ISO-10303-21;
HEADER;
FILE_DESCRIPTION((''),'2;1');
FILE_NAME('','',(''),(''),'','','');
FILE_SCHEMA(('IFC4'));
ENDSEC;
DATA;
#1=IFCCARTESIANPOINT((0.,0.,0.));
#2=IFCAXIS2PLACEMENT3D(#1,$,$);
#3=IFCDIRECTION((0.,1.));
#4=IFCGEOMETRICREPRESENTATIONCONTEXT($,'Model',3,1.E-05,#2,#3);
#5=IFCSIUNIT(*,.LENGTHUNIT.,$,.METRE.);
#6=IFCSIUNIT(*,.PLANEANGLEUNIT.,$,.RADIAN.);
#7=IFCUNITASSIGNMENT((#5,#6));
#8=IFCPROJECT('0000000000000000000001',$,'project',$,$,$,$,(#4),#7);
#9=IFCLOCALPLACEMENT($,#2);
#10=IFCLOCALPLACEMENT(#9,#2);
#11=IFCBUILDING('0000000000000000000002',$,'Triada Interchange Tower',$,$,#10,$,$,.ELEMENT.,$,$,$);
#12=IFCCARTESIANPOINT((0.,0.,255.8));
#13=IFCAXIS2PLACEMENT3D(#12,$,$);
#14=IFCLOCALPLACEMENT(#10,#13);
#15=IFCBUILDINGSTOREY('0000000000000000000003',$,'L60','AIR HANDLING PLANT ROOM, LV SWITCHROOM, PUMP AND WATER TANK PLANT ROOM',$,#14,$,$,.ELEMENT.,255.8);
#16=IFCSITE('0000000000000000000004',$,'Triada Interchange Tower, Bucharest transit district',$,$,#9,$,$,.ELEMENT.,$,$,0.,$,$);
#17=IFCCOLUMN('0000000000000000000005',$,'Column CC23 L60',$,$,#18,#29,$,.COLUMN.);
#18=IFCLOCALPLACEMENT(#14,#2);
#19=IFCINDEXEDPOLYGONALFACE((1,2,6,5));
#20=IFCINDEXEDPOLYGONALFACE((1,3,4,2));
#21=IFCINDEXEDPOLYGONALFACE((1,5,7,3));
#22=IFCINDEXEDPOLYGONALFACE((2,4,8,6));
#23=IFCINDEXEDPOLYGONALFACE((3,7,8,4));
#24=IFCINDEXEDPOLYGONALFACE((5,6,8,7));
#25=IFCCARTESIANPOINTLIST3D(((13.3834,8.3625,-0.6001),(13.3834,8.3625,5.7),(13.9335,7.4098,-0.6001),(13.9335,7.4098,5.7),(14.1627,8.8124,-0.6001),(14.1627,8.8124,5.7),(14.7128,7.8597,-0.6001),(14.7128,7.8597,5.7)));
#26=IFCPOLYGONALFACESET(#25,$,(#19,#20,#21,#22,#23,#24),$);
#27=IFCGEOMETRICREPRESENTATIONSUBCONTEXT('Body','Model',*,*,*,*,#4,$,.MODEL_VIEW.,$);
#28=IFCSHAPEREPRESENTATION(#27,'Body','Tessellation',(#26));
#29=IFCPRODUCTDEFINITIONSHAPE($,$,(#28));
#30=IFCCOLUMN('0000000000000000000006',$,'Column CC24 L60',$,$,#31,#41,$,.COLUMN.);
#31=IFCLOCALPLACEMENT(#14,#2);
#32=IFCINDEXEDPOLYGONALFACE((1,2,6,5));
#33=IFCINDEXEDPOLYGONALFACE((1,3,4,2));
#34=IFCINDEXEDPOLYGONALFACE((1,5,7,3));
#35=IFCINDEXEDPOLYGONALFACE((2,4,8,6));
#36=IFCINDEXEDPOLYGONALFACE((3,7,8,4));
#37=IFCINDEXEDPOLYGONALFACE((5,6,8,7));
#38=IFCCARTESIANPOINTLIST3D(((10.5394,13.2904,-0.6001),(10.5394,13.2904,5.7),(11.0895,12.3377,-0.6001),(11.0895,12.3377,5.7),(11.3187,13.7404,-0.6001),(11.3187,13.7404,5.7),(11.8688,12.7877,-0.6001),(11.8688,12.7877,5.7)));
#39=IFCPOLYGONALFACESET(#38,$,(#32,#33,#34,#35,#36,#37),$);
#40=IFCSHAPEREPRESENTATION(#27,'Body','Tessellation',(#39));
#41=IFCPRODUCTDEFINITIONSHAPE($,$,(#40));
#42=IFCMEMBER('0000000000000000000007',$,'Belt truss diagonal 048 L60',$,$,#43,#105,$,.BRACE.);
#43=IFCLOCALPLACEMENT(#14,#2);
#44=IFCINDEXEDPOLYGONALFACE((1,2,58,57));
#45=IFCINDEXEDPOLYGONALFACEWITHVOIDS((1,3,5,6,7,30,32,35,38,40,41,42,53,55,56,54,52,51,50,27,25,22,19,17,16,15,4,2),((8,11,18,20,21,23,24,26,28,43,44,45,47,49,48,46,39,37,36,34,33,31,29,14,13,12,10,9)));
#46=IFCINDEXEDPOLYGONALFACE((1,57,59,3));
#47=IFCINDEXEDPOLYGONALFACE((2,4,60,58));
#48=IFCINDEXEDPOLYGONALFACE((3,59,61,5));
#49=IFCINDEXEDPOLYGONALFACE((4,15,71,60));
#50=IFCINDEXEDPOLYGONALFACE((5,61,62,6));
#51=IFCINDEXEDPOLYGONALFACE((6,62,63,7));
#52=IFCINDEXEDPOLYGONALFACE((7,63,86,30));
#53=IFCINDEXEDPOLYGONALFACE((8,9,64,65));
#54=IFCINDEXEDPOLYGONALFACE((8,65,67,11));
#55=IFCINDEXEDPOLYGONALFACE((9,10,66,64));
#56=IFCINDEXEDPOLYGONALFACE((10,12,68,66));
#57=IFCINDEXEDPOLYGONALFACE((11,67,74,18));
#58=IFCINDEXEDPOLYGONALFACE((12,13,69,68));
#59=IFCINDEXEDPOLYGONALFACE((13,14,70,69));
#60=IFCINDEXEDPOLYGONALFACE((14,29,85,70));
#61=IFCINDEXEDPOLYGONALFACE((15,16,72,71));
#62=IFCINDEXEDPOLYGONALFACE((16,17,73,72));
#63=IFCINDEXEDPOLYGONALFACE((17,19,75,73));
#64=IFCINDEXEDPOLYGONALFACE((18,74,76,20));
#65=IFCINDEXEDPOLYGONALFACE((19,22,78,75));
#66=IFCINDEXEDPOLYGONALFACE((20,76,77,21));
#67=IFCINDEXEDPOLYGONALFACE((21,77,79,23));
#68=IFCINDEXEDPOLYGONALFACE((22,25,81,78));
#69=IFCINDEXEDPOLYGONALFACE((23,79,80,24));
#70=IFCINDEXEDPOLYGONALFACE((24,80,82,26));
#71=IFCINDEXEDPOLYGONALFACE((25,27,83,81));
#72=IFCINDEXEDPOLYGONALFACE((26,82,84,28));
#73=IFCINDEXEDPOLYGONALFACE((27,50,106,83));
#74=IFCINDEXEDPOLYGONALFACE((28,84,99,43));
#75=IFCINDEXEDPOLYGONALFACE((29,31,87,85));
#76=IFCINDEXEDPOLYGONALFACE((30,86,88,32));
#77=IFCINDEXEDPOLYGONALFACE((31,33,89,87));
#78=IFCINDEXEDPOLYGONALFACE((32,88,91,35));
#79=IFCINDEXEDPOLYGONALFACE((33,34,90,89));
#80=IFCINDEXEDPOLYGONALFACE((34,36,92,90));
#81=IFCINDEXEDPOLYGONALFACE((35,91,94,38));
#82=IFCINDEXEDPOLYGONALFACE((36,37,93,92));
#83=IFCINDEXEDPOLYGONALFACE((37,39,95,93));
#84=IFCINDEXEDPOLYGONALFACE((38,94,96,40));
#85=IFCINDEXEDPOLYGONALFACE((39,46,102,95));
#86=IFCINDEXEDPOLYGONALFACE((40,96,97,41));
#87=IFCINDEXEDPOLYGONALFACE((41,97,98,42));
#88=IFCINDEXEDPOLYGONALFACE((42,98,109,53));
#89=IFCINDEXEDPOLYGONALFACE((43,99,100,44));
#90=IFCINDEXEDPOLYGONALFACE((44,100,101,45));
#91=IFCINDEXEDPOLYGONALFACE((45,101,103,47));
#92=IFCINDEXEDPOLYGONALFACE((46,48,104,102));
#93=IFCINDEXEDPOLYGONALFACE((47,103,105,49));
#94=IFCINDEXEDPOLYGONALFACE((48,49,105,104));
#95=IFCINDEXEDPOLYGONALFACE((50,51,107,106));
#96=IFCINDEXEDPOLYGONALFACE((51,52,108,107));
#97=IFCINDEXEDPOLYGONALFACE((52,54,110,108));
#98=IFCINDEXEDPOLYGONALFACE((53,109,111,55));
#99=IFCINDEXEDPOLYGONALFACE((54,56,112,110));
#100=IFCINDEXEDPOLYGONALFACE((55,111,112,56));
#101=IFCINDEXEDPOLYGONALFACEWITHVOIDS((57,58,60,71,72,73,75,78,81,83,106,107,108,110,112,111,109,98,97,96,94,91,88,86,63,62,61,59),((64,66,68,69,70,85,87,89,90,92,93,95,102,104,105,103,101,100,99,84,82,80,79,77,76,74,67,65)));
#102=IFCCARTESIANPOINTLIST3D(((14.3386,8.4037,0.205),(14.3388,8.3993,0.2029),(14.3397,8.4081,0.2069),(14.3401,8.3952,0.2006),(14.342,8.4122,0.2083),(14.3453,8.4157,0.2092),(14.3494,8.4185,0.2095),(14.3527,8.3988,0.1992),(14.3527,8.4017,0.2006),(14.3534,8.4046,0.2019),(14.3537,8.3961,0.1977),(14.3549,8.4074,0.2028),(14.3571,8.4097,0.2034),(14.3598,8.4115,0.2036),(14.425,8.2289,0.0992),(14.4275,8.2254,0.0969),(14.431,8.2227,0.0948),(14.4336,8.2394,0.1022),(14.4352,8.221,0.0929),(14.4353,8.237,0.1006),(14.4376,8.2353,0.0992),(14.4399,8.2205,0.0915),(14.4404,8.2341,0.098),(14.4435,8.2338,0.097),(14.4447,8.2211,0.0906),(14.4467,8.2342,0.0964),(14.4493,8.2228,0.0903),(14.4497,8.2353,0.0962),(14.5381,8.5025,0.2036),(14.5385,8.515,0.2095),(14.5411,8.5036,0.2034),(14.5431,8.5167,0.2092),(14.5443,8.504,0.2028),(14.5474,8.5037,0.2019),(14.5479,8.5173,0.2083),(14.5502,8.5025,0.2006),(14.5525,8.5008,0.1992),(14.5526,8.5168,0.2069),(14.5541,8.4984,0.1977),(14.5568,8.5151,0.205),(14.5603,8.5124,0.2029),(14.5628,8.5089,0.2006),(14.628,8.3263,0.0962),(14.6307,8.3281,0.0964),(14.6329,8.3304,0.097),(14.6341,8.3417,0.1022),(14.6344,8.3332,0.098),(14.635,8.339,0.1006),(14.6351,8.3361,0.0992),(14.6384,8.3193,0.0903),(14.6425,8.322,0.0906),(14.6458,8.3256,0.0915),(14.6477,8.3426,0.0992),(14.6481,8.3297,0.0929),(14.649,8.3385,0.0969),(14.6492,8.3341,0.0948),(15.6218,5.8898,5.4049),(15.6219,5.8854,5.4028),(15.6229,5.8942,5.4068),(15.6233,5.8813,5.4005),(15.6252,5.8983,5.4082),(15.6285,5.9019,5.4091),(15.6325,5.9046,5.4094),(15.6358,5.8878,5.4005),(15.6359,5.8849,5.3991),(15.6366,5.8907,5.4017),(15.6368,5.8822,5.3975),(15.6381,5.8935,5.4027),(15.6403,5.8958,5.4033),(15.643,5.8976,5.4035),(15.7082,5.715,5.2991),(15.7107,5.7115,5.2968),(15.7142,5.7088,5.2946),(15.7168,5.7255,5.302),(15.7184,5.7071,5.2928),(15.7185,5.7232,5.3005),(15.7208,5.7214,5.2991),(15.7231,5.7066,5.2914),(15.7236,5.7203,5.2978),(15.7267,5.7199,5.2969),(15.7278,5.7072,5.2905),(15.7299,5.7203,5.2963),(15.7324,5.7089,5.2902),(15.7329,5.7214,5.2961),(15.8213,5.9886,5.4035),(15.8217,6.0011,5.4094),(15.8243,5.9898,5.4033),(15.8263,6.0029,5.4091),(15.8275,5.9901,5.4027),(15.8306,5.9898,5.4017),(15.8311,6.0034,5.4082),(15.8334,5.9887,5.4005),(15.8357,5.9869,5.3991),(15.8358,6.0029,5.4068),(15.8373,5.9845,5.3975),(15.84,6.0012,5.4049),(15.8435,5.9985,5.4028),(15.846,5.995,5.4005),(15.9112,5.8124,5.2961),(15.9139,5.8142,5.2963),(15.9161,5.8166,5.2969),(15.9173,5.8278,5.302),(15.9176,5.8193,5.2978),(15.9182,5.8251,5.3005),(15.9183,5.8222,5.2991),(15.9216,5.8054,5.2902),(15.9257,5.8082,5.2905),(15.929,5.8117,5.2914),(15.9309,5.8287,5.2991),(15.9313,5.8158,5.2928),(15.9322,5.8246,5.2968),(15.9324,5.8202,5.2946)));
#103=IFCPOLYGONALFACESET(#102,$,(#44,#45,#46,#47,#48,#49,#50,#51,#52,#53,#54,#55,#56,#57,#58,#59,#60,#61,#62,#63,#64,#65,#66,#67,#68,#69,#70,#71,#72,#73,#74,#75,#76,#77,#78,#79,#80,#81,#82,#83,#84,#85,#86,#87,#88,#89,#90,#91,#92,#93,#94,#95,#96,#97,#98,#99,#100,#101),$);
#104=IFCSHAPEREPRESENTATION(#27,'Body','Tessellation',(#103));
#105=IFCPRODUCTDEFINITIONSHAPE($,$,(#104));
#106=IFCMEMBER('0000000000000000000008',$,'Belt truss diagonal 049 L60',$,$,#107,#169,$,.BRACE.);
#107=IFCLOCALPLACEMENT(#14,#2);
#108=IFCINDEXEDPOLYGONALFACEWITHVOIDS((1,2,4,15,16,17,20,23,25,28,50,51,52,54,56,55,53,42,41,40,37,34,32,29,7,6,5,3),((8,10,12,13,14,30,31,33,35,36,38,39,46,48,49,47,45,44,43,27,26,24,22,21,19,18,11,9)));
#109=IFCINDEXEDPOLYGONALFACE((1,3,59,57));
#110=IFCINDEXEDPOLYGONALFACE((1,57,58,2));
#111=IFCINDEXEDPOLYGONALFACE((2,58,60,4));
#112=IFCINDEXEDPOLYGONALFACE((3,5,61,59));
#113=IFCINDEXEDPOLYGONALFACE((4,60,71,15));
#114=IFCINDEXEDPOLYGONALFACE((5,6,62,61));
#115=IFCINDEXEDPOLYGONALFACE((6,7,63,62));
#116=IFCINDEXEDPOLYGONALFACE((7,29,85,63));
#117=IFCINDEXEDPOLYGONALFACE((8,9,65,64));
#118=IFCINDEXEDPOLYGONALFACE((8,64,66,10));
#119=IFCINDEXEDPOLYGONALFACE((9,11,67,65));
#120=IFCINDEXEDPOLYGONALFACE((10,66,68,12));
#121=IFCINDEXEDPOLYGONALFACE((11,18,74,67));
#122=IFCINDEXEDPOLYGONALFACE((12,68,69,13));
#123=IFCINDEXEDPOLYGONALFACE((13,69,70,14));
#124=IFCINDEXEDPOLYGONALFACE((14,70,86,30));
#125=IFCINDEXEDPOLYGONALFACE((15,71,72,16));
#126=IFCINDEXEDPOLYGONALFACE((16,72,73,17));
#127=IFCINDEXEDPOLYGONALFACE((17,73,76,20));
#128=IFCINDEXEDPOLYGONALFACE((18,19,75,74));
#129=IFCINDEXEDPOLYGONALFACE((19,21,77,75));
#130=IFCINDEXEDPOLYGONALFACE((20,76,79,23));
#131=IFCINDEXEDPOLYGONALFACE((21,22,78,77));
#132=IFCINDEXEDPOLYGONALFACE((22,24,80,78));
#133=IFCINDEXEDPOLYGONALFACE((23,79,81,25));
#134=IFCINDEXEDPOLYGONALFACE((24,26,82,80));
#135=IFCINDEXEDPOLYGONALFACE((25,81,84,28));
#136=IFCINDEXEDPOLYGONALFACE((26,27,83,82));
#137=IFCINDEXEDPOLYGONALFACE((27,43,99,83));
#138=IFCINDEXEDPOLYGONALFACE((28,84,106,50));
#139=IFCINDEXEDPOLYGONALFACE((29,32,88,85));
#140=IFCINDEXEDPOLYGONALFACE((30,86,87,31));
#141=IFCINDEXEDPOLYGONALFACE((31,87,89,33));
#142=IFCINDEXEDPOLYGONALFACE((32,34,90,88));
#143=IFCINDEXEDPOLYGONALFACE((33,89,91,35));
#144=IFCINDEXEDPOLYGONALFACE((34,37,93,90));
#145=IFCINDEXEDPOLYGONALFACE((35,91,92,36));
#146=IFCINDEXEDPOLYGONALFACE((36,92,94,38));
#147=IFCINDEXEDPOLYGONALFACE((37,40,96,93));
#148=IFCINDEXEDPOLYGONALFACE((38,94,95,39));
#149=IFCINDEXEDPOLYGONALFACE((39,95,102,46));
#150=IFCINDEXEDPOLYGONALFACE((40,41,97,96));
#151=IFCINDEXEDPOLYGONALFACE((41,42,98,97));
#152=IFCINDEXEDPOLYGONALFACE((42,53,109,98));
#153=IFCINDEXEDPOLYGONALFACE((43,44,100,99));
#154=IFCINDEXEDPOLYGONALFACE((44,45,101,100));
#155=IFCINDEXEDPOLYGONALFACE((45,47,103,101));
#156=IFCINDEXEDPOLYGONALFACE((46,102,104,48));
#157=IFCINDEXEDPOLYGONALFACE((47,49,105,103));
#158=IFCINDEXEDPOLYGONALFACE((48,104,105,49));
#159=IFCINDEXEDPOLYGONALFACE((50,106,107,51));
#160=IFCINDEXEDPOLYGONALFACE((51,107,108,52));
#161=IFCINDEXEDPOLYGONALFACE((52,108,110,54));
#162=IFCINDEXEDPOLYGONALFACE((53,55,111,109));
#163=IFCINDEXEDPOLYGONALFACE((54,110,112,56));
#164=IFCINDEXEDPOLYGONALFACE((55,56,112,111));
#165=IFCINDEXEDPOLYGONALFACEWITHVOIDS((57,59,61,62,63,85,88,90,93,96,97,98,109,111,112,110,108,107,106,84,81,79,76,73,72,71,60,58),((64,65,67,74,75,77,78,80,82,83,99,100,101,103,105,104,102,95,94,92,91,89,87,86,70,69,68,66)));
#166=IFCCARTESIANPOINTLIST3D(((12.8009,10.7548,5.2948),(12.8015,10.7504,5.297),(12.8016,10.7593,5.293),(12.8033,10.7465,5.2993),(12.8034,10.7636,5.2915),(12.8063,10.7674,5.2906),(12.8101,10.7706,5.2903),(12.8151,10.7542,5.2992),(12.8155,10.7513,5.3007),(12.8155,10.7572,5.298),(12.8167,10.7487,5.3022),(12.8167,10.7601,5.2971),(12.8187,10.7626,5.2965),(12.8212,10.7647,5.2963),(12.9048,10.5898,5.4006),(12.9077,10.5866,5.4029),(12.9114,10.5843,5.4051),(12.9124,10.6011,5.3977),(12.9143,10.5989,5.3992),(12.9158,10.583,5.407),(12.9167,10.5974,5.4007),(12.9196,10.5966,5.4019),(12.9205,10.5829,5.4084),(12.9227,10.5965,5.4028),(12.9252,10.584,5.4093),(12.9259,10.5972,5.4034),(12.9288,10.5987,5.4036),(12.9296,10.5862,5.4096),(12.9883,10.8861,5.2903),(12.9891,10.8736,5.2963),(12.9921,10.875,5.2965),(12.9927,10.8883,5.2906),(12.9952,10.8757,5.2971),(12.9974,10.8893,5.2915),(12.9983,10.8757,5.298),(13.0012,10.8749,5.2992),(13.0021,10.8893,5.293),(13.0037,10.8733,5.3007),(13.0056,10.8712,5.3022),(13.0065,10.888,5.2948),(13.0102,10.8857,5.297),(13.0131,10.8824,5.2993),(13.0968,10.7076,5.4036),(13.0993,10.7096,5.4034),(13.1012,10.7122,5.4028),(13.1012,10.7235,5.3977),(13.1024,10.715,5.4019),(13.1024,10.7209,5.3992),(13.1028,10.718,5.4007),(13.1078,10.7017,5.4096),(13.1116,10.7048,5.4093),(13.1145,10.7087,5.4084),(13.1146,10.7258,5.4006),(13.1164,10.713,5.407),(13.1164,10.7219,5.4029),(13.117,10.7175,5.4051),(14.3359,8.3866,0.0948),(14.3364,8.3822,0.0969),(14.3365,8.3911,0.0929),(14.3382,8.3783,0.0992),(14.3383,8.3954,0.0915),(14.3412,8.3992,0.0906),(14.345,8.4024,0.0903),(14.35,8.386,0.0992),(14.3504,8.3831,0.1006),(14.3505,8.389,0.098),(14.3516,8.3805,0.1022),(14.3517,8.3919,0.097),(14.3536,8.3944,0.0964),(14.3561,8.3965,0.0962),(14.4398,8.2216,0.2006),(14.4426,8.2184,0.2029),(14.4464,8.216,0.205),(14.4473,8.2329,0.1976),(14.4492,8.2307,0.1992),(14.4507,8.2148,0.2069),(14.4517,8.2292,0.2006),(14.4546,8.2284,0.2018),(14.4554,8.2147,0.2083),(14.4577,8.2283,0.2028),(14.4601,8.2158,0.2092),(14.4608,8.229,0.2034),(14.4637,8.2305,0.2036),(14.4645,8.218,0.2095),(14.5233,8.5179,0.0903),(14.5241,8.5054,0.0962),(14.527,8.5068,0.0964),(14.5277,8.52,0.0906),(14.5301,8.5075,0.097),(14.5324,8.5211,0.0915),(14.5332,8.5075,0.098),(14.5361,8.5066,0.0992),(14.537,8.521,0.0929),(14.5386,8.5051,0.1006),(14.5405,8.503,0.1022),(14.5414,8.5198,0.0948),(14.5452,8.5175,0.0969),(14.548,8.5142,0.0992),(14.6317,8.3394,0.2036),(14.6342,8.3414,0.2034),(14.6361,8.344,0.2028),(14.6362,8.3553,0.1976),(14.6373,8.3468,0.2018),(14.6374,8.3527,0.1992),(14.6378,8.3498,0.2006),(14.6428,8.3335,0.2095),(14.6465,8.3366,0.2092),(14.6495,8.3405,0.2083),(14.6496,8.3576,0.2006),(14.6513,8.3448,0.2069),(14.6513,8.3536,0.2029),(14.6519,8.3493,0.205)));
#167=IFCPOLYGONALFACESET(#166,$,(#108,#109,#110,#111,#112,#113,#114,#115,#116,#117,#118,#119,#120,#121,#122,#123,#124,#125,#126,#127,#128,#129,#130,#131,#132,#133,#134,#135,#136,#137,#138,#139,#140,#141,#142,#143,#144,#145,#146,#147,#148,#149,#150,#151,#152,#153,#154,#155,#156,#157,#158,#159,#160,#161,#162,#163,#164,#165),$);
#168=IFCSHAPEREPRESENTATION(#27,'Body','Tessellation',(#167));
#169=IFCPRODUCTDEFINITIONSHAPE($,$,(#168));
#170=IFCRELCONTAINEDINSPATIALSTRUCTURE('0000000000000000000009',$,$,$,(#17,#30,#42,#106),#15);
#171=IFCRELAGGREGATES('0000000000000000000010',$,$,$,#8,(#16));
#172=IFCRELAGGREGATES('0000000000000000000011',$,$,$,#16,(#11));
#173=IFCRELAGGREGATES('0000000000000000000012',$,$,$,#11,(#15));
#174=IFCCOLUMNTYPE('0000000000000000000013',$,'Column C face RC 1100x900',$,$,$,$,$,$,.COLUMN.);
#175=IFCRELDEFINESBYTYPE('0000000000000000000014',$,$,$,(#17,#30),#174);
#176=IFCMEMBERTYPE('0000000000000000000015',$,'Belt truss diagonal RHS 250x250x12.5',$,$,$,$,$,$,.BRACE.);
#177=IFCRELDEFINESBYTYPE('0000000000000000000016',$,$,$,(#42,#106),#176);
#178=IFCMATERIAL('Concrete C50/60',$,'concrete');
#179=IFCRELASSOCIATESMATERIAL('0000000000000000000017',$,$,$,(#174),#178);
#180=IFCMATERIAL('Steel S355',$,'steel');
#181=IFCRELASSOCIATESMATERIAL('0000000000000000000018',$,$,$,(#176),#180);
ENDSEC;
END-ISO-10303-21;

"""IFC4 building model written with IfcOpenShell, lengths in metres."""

from ifc_helpers import new_model, si_unit, direction, frame, origin, origin_2d, place, context, subcontext, project, spatial, rectangle, hollow_rectangle, extrude, material, material_profile, profile_set, type_object, element, save


model = new_model("IFC4")

# Units and contexts
model_context = context("Model", 3, precision=1e-05, world=origin(), true_north=direction((0.0, 1.0)))
body_context = subcontext(model_context, "Body", "Model", "MODEL_VIEW")
ifc_project = project(units=[si_unit("LENGTHUNIT", "METRE"), si_unit("PLANEANGLEUNIT", "RADIAN")], contexts=[model_context])

# Site, building, storey
site_placement = place(None, origin())
site = spatial("IfcSite", under=ifc_project, at=site_placement, Name="Triada Interchange Tower, Bucharest transit district", CompositionType="ELEMENT", RefElevation=0.0)
building_placement = place(site_placement, origin())
building = spatial("IfcBuilding", under=site, at=building_placement, Name="Triada Interchange Tower", CompositionType="ELEMENT")
storey_placement = place(building_placement, frame((0.0, 0.0, 255.8)))
storey = spatial("IfcBuildingStorey", under=building, at=storey_placement, Name="L60", Description="AIR HANDLING PLANT ROOM, LV SWITCHROOM, PUMP AND WATER TANK PLANT ROOM", CompositionType="ELEMENT", Elevation=255.8)

# Columns
ifc_material_1 = material(Name="Concrete C50/60", Category="concrete")
ifc_material_profile_1 = material_profile(ifc_material_1, rectangle(XDim=1.1001, YDim=0.8999, at=origin_2d()), Name="RC 1100x900")
ifc_profile_set_1 = profile_set([ifc_material_profile_1], Name="Concrete C50/60")
column_type = type_object("IfcColumnType", Name="Column C face RC 1100x900", PredefinedType="COLUMN", material=ifc_profile_set_1)
for number, where, z_axis, x_axis, name in (
    (1, (14.0481, 8.1111, -0.6001), (0.0, 0.0, 1.0), (-0.5, 0.866025, 0.0), "Column CC23 L60"),
    (2, (11.2041, 13.0391, -0.6001), (0.0, 0.0, 1.0), (-0.5, 0.866025, 0.0), "Column CC24 L60"),
):
    element("IfcColumn", number, at=place(storey_placement, frame(where, z_axis=z_axis, x_axis=x_axis)), inside=storey, type_object=column_type, Name=name, PredefinedType="COLUMN", context=body_context, shape_type="SweptSolid", body=[
        extrude(rectangle(XDim=1.1001, YDim=0.8999, at=origin_2d()), origin(), (0.0, 0.0, 1.0), 6.3),
    ])

# Members
ifc_material_2 = material(Name="Steel S355", Category="steel")
ifc_material_profile_2 = material_profile(ifc_material_2, hollow_rectangle(XDim=0.25, YDim=0.25, WallThickness=0.0125, InnerFilletRadius=0.0125, OuterFilletRadius=0.0188, at=origin_2d()), Name="RHS 250x250x12.5")
ifc_profile_set_2 = profile_set([ifc_material_profile_2], Name="Steel S355")
member_type_1 = type_object("IfcMemberType", Name="Belt truss diagonal RHS 250x250x12.5", PredefinedType="BRACE", material=ifc_profile_set_2)
for number, where, z_axis, x_axis, name in (
    (3, (14.4939, 8.3689, 0.1499), (0.216883, -0.424894, 0.878878), (0.890677, 0.454637, 0.0), "Belt truss diagonal 048 L60"),
    (4, (14.4939, 8.3679, 0.1499), (-0.259434, 0.400272, 0.878906), (-0.839154, -0.543893, 0.0), "Belt truss diagonal 049 L60"),
):
    element("IfcMember", number, at=place(storey_placement, frame(where, z_axis=z_axis, x_axis=x_axis)), inside=storey, type_object=member_type_1, Name=name, PredefinedType="BRACE", context=body_context, shape_type="SweptSolid", body=[
        extrude(hollow_rectangle(XDim=0.25, YDim=0.25, WallThickness=0.0125, InnerFilletRadius=0.0125, OuterFilletRadius=0.0188, at=origin_2d()), origin(), (0.0, 0.0, 1.0), 5.9165),
    ])

save(model, "model.ifc")
